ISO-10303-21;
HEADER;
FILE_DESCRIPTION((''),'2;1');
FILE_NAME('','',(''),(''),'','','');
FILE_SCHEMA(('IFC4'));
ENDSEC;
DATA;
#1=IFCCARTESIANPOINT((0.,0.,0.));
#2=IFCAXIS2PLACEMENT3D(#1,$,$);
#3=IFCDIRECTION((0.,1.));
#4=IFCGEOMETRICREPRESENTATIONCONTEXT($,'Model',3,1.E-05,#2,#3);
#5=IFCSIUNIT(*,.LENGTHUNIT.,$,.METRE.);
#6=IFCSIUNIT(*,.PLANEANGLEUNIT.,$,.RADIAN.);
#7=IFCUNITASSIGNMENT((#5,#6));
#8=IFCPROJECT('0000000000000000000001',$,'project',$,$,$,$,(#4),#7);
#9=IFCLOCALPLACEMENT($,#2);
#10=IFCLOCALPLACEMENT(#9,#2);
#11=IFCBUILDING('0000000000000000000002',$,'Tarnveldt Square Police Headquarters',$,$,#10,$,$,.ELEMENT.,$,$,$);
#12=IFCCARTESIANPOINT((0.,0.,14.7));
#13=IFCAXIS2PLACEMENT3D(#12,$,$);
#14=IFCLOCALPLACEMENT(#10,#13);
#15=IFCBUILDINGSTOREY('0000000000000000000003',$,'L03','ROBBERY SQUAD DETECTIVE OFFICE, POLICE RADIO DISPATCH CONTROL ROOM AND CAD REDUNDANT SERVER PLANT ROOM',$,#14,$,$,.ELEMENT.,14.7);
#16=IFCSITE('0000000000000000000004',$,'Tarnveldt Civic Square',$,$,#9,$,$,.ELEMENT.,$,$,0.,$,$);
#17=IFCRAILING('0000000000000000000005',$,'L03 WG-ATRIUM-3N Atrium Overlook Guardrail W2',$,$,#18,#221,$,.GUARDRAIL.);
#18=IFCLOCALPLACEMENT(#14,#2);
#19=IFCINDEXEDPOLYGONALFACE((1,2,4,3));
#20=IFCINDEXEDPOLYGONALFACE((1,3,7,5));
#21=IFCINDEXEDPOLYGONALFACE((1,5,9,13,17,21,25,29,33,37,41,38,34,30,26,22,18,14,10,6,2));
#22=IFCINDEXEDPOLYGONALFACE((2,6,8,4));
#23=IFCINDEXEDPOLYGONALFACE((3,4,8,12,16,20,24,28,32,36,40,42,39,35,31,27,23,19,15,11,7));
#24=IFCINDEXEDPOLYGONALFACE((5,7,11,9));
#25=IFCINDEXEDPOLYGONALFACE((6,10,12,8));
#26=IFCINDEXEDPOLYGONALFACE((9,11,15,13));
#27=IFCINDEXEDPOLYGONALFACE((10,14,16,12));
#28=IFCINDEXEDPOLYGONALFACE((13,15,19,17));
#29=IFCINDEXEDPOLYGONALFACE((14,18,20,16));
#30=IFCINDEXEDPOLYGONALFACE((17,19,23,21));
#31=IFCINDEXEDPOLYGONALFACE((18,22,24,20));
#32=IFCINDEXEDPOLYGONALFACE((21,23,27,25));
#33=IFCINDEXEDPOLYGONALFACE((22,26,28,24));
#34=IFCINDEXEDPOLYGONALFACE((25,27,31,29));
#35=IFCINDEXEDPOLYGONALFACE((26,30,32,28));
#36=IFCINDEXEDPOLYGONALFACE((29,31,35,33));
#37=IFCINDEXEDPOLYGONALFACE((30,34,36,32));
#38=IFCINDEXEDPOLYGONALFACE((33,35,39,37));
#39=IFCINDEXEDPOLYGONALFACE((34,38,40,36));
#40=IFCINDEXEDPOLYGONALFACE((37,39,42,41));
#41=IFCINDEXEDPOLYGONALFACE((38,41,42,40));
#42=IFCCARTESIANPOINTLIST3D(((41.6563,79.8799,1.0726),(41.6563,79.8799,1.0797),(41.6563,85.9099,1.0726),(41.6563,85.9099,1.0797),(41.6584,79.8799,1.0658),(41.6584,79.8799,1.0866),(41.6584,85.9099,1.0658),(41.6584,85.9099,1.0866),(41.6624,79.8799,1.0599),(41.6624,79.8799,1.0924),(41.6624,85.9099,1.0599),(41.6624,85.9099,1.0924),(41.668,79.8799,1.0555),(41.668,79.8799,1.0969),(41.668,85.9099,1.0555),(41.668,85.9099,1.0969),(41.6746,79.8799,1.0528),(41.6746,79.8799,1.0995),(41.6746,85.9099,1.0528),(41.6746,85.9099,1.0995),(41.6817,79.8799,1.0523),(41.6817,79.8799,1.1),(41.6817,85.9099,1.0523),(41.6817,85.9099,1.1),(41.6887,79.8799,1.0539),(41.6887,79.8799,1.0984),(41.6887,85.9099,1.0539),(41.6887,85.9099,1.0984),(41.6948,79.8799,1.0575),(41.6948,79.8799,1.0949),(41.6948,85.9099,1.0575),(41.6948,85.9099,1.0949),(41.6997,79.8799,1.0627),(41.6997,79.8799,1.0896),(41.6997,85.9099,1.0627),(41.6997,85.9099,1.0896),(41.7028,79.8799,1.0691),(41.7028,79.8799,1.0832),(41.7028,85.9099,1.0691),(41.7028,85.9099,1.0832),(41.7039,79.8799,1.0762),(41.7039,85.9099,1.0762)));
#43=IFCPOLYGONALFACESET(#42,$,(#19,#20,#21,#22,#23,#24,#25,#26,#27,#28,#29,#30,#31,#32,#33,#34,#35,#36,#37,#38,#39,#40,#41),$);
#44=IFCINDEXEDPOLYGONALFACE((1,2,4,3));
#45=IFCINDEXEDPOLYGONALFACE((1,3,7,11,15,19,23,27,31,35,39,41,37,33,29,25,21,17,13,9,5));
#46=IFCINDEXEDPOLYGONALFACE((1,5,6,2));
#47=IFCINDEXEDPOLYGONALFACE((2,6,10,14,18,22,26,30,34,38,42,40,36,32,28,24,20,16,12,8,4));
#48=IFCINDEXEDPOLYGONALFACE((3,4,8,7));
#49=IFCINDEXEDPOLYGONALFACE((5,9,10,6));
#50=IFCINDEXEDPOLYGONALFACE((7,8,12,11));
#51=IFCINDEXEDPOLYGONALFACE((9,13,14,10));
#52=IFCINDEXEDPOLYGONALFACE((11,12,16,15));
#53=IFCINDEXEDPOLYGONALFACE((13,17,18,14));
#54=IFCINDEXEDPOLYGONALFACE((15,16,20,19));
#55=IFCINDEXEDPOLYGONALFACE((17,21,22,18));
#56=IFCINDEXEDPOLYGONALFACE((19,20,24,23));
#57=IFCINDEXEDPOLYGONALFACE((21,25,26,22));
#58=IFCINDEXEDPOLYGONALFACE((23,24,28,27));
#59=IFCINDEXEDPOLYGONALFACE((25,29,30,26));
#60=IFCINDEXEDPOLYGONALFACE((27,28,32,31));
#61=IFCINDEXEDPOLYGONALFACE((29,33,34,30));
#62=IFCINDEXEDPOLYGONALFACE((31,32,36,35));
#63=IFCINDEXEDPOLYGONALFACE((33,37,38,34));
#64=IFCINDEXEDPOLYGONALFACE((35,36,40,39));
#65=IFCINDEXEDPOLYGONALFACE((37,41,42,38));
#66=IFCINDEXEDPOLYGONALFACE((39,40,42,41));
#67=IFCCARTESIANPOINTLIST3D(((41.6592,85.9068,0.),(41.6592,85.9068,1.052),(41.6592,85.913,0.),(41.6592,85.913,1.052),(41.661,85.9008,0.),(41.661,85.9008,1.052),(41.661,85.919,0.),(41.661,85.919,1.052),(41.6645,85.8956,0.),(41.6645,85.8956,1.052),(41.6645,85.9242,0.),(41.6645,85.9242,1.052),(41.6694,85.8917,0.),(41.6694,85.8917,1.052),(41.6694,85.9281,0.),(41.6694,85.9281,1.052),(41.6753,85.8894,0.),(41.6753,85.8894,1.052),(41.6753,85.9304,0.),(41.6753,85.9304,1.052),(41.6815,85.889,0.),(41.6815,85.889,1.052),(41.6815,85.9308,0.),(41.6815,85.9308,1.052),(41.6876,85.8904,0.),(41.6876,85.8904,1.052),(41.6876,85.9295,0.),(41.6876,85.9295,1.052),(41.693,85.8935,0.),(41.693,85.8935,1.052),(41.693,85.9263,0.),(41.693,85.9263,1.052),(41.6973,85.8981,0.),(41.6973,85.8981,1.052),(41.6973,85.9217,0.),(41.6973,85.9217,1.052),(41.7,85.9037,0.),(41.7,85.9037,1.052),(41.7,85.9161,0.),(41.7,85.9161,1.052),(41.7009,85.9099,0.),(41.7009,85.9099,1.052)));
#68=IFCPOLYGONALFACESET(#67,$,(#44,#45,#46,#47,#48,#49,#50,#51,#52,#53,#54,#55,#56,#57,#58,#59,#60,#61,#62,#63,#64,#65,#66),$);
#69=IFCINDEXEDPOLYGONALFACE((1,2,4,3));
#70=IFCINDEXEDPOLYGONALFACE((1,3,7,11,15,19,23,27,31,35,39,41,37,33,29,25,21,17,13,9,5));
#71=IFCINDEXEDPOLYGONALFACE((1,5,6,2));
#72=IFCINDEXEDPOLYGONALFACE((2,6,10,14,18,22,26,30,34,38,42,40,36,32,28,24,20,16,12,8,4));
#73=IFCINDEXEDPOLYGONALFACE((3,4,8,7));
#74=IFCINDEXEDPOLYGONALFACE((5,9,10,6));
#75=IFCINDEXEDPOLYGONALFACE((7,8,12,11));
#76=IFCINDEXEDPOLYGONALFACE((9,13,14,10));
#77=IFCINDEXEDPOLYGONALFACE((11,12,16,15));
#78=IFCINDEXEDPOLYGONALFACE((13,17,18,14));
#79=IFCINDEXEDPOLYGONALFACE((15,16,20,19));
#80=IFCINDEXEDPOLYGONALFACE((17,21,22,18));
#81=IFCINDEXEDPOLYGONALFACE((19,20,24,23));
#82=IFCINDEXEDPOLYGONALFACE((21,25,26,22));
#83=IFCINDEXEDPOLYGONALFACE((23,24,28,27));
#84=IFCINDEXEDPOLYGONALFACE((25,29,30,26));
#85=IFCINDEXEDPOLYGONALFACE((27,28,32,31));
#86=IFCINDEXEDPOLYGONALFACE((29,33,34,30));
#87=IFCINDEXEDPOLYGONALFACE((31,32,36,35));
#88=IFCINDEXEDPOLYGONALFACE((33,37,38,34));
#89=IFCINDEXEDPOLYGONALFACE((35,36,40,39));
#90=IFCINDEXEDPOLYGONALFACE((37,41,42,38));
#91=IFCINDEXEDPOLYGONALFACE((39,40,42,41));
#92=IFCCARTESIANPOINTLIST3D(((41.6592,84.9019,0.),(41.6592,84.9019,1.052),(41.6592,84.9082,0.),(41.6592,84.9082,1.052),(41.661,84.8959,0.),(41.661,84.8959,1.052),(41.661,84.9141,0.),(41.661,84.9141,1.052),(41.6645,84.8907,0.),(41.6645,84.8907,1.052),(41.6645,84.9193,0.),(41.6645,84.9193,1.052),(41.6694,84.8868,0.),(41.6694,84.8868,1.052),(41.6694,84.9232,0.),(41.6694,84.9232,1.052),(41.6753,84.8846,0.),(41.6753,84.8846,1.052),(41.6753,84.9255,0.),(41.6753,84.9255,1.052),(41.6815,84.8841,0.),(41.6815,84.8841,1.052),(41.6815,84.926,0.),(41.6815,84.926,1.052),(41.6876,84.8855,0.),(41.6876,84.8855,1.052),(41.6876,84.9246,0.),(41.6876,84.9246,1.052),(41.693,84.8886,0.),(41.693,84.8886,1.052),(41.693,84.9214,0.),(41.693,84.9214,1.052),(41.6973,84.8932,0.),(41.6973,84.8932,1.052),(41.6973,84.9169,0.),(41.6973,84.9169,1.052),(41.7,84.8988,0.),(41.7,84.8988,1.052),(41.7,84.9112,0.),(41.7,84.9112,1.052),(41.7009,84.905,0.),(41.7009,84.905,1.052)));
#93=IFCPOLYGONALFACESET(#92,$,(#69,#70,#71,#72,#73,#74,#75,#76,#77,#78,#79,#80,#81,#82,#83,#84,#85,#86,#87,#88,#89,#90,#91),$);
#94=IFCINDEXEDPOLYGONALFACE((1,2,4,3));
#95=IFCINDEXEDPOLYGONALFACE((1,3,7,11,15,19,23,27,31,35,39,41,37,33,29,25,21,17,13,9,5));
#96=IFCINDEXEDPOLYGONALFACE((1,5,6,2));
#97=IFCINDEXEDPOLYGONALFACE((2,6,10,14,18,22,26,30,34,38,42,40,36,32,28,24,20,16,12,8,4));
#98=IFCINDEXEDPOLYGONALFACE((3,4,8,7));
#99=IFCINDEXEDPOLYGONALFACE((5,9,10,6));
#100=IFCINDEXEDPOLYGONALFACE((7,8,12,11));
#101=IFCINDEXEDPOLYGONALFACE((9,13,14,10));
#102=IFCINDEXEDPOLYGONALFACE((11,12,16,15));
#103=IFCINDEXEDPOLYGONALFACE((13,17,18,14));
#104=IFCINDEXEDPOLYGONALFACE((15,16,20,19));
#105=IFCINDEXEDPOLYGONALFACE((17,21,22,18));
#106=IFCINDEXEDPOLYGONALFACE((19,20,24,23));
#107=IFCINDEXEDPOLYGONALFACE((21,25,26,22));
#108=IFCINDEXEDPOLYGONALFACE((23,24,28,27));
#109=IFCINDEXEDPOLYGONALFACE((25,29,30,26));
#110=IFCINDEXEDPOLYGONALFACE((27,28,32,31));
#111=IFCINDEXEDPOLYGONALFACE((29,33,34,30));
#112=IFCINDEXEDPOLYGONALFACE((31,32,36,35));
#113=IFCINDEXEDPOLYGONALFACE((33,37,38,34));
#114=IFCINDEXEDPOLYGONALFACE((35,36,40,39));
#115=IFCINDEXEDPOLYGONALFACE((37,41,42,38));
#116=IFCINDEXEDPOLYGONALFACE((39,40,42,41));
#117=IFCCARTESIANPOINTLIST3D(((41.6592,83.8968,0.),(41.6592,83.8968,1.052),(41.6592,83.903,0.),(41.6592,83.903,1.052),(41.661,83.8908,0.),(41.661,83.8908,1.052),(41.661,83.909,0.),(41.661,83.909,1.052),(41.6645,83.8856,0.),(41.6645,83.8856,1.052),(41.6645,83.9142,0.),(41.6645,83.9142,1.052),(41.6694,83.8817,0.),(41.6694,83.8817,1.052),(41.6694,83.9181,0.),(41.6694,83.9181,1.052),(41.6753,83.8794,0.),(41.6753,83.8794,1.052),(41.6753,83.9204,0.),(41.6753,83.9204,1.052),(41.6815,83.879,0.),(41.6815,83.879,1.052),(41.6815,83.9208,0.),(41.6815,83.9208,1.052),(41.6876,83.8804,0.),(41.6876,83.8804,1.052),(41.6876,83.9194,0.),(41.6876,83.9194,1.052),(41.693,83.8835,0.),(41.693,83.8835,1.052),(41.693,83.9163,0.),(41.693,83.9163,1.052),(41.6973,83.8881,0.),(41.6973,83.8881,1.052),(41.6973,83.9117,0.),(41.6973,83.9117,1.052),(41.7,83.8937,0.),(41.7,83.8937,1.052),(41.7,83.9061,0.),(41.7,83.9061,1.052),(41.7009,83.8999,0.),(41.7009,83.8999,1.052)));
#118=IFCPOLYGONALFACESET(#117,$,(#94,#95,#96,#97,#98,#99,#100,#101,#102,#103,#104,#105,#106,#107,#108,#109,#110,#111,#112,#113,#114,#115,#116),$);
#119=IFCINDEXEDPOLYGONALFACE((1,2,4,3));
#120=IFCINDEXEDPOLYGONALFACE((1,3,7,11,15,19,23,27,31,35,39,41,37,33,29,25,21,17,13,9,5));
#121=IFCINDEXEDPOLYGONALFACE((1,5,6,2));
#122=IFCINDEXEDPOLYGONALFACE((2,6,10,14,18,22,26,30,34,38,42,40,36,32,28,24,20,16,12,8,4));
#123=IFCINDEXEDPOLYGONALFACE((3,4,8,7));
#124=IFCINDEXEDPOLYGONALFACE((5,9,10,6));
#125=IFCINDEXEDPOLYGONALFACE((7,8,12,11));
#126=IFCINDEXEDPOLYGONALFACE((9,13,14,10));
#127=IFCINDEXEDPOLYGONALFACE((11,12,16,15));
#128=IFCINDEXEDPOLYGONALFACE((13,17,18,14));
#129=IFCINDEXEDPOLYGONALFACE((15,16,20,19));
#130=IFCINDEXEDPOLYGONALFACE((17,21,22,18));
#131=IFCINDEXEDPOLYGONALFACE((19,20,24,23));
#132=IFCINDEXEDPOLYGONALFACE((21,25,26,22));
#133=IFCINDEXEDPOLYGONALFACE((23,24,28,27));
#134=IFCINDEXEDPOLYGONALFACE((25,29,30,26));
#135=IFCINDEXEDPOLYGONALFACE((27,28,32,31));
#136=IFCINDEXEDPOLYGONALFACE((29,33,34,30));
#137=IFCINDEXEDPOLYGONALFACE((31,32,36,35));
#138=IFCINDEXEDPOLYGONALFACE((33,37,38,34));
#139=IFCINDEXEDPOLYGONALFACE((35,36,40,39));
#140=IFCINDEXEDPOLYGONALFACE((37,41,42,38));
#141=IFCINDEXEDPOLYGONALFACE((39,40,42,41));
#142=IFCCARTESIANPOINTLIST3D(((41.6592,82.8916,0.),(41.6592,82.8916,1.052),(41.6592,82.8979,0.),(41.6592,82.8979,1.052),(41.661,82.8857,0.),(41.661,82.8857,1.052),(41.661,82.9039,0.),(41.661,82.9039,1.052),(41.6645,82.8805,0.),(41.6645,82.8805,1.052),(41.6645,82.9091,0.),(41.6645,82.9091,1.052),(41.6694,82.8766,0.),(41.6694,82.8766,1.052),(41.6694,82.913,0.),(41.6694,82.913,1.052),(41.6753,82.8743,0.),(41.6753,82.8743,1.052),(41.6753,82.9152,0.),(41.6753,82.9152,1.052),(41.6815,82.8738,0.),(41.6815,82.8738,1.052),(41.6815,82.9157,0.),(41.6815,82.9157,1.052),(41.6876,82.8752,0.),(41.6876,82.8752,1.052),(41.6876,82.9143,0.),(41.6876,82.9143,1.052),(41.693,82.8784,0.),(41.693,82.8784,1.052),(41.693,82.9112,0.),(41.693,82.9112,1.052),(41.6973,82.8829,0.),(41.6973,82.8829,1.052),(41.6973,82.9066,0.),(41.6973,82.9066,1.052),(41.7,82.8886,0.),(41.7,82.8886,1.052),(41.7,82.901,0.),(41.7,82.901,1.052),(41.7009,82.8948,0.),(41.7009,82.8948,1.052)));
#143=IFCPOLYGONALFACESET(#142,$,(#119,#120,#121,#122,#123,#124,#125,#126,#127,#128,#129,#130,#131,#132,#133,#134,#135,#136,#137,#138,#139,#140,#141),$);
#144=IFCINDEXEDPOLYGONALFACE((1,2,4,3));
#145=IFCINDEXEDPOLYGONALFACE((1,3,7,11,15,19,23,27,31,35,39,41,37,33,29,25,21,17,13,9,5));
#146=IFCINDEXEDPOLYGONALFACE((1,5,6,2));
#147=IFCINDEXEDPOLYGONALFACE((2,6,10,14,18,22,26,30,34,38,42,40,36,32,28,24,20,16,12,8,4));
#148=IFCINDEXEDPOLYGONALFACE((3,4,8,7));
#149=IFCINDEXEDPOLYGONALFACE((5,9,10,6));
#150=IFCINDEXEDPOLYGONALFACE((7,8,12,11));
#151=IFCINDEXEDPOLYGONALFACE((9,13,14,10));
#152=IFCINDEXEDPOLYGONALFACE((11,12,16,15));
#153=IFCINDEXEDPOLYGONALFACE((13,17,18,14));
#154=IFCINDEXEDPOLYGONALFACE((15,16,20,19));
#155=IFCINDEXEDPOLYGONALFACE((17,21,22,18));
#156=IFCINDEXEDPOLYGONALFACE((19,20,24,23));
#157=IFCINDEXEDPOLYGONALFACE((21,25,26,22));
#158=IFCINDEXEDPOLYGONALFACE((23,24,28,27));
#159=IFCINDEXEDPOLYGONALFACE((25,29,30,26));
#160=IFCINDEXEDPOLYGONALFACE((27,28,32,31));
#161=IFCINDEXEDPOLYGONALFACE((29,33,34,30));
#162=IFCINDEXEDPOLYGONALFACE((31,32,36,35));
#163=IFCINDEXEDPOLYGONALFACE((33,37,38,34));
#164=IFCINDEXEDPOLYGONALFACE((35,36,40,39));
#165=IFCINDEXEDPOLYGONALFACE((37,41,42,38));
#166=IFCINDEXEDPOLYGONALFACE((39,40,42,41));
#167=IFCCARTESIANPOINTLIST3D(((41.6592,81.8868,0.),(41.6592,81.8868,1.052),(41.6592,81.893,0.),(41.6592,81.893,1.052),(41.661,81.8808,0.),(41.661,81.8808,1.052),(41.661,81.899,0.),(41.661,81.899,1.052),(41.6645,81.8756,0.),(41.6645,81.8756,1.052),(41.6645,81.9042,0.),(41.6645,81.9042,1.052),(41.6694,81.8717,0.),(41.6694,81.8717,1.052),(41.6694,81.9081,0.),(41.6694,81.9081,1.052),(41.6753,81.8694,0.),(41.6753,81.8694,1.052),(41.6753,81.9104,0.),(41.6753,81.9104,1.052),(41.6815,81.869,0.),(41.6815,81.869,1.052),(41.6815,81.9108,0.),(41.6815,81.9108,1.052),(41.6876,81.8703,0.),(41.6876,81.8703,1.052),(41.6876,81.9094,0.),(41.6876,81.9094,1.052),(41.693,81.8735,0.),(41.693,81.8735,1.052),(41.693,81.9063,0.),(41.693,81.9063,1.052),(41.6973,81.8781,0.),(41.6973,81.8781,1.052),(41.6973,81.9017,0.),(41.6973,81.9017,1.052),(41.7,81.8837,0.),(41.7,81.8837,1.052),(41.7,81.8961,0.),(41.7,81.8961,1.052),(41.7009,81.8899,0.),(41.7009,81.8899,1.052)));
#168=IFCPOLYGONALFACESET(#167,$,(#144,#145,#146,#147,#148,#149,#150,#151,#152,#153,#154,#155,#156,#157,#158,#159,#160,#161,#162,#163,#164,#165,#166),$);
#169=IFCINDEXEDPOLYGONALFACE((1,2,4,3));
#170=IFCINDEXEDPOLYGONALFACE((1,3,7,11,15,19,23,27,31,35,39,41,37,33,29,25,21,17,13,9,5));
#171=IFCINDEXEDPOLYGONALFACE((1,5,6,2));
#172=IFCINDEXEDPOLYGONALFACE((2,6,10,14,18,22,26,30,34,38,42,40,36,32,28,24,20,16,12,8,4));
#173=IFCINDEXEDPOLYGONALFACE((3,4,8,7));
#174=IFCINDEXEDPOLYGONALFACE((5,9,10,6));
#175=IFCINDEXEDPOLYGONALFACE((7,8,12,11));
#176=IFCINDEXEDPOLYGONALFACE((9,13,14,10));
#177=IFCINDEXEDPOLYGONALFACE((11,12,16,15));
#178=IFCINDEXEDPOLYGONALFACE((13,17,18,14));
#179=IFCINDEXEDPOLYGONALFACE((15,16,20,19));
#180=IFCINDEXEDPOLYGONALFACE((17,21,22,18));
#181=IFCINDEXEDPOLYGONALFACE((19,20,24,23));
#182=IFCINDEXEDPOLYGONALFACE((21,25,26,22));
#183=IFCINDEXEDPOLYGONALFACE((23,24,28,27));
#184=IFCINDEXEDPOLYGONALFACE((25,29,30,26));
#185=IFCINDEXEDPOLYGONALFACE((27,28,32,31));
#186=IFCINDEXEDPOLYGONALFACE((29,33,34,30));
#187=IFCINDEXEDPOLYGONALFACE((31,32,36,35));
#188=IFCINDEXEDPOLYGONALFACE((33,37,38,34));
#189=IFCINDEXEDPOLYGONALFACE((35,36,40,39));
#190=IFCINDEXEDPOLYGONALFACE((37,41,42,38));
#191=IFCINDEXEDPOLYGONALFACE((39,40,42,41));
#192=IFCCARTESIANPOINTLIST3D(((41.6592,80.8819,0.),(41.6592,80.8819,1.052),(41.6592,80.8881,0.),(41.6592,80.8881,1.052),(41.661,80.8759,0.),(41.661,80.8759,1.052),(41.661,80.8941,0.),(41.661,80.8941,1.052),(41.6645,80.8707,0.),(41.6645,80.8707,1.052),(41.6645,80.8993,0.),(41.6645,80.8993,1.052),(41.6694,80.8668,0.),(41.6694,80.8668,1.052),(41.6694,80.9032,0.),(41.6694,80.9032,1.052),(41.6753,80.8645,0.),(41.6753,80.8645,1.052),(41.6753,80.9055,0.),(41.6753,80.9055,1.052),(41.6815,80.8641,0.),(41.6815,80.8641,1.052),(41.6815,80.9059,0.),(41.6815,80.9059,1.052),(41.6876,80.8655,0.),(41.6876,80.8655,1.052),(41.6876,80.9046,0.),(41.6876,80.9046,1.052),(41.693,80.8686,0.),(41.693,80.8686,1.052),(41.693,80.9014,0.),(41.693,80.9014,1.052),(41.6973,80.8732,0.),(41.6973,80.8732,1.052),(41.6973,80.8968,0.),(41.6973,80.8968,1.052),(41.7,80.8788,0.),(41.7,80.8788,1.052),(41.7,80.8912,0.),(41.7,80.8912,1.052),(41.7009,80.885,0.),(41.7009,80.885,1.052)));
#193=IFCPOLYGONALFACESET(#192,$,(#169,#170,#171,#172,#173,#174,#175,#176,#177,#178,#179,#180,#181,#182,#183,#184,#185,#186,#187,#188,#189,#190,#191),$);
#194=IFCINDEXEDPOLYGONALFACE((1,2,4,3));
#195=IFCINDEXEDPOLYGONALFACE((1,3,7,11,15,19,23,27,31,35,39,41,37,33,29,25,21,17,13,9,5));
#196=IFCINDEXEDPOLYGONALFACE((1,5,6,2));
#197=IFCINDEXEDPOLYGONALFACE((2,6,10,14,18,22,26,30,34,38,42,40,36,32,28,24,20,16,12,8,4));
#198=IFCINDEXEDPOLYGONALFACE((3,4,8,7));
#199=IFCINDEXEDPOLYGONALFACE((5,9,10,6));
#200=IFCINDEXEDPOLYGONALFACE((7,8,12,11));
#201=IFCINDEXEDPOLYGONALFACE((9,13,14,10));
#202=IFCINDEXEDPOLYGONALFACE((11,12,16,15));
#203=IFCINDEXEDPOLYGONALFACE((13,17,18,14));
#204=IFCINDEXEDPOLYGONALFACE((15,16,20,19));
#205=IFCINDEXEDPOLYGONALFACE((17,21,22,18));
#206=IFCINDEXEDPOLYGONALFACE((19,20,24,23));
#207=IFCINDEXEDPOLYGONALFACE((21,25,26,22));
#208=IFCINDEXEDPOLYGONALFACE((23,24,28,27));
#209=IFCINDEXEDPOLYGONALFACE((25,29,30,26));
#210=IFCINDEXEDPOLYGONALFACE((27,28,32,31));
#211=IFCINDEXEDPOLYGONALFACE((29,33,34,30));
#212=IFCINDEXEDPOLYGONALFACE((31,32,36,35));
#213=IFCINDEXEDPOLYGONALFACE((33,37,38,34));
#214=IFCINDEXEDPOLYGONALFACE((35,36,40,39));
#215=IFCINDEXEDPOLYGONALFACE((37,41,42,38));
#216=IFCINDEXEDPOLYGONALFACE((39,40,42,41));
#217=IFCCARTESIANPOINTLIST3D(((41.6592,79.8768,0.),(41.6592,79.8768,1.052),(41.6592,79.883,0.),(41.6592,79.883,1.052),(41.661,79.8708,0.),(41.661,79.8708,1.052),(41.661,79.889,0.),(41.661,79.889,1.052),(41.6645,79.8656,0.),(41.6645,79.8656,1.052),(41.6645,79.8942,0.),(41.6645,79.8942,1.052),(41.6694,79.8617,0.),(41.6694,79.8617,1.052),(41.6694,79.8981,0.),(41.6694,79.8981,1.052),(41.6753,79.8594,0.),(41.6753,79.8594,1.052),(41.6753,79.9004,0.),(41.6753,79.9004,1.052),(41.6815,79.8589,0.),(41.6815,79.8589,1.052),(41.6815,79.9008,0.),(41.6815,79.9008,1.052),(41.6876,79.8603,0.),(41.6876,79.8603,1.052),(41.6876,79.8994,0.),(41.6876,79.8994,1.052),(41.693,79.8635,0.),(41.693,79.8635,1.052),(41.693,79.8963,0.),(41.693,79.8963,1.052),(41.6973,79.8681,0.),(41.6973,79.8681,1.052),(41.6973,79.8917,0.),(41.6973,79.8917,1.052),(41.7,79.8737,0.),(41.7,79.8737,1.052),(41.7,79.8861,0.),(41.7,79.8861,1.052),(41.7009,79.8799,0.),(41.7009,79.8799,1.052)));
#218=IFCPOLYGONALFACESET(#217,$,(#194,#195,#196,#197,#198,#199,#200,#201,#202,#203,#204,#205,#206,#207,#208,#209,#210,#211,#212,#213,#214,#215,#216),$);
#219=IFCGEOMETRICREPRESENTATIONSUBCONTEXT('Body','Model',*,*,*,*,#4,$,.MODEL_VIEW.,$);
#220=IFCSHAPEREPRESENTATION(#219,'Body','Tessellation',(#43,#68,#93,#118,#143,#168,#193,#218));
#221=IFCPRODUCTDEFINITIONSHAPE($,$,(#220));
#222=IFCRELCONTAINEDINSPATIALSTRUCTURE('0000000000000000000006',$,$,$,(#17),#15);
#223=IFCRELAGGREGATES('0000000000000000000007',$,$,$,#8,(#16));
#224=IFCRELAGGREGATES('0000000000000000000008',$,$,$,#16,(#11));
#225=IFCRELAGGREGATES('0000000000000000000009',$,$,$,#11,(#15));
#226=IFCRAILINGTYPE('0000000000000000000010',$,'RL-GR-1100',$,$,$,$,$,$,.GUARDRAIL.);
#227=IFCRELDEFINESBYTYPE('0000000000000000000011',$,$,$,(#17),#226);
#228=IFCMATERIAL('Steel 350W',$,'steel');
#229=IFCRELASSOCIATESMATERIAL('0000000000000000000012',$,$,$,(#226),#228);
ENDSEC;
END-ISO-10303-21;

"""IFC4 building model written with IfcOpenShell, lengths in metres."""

from ifc_helpers import new_model, si_unit, direction, frame, origin, origin_2d, place, context, subcontext, project, spatial, circle, extrude, material, type_object, element, save


model = new_model("IFC4")

# Units and contexts
model_context = context("Model", 3, precision=1e-05, world=origin(), true_north=direction((0.0, 1.0)))
body_context = subcontext(model_context, "Body", "Model", "MODEL_VIEW")
ifc_project = project(units=[si_unit("LENGTHUNIT", "METRE"), si_unit("PLANEANGLEUNIT", "RADIAN")], contexts=[model_context])

# Site, building, storey
site_placement = place(None, origin())
site = spatial("IfcSite", under=ifc_project, at=site_placement, Name="Tarnveldt Civic Square", CompositionType="ELEMENT", RefElevation=0.0)
building_placement = place(site_placement, origin())
building = spatial("IfcBuilding", under=site, at=building_placement, Name="Tarnveldt Square Police Headquarters", CompositionType="ELEMENT")
storey_placement = place(building_placement, frame((0.0, 0.0, 14.7)))
storey = spatial("IfcBuildingStorey", under=building, at=storey_placement, Name="L03", Description="ROBBERY SQUAD DETECTIVE OFFICE, POLICE RADIO DISPATCH CONTROL ROOM AND CAD REDUNDANT SERVER PLANT ROOM", CompositionType="ELEMENT", Elevation=14.7)

# Shared definitions
ifc_material_1 = material(Name="Steel 350W", Category="steel")

# Railing
railing_type = type_object("IfcRailingType", Name="RL-GR-1100", PredefinedType="GUARDRAIL", material=ifc_material_1)
railing_1_placement = place(storey_placement, frame((41.6799, 85.9099, 0.0)))
element("IfcRailing", 1, at=railing_1_placement, inside=storey, type_object=railing_type, Name="L03 WG-ATRIUM-3N Atrium Overlook Guardrail W2", PredefinedType="GUARDRAIL", context=body_context, shape_type="SweptSolid", body=[
    extrude(circle(Radius=0.0239, at=origin_2d()), frame((0.0, 0.0, 1.0762), z_axis=(0.0, -1.0, 0.0), x_axis=(1.0, 0.0, 0.0)), (0.0, 0.0, 1.0), 6.03),
    extrude(circle(Radius=0.021, at=origin_2d()), origin(), (0.0, 0.0, 1.0), 1.052),
    extrude(circle(Radius=0.021, at=origin_2d()), frame((0.0, -1.0049, 0.0)), (0.0, 0.0, 1.0), 1.052),
    extrude(circle(Radius=0.021, at=origin_2d()), frame((0.0, -2.01, 0.0)), (0.0, 0.0, 1.0), 1.052),
    extrude(circle(Radius=0.021, at=origin_2d()), frame((0.0, -3.0151, 0.0)), (0.0, 0.0, 1.0), 1.052),
    extrude(circle(Radius=0.021, at=origin_2d()), frame((0.0, -4.02, 0.0)), (0.0, 0.0, 1.0), 1.052),
    extrude(circle(Radius=0.021, at=origin_2d()), frame((0.0, -5.0249, 0.0)), (0.0, 0.0, 1.0), 1.052),
    extrude(circle(Radius=0.021, at=origin_2d()), frame((0.0, -6.03, 0.0)), (0.0, 0.0, 1.0), 1.052),
])

save(model, "model.ifc")
